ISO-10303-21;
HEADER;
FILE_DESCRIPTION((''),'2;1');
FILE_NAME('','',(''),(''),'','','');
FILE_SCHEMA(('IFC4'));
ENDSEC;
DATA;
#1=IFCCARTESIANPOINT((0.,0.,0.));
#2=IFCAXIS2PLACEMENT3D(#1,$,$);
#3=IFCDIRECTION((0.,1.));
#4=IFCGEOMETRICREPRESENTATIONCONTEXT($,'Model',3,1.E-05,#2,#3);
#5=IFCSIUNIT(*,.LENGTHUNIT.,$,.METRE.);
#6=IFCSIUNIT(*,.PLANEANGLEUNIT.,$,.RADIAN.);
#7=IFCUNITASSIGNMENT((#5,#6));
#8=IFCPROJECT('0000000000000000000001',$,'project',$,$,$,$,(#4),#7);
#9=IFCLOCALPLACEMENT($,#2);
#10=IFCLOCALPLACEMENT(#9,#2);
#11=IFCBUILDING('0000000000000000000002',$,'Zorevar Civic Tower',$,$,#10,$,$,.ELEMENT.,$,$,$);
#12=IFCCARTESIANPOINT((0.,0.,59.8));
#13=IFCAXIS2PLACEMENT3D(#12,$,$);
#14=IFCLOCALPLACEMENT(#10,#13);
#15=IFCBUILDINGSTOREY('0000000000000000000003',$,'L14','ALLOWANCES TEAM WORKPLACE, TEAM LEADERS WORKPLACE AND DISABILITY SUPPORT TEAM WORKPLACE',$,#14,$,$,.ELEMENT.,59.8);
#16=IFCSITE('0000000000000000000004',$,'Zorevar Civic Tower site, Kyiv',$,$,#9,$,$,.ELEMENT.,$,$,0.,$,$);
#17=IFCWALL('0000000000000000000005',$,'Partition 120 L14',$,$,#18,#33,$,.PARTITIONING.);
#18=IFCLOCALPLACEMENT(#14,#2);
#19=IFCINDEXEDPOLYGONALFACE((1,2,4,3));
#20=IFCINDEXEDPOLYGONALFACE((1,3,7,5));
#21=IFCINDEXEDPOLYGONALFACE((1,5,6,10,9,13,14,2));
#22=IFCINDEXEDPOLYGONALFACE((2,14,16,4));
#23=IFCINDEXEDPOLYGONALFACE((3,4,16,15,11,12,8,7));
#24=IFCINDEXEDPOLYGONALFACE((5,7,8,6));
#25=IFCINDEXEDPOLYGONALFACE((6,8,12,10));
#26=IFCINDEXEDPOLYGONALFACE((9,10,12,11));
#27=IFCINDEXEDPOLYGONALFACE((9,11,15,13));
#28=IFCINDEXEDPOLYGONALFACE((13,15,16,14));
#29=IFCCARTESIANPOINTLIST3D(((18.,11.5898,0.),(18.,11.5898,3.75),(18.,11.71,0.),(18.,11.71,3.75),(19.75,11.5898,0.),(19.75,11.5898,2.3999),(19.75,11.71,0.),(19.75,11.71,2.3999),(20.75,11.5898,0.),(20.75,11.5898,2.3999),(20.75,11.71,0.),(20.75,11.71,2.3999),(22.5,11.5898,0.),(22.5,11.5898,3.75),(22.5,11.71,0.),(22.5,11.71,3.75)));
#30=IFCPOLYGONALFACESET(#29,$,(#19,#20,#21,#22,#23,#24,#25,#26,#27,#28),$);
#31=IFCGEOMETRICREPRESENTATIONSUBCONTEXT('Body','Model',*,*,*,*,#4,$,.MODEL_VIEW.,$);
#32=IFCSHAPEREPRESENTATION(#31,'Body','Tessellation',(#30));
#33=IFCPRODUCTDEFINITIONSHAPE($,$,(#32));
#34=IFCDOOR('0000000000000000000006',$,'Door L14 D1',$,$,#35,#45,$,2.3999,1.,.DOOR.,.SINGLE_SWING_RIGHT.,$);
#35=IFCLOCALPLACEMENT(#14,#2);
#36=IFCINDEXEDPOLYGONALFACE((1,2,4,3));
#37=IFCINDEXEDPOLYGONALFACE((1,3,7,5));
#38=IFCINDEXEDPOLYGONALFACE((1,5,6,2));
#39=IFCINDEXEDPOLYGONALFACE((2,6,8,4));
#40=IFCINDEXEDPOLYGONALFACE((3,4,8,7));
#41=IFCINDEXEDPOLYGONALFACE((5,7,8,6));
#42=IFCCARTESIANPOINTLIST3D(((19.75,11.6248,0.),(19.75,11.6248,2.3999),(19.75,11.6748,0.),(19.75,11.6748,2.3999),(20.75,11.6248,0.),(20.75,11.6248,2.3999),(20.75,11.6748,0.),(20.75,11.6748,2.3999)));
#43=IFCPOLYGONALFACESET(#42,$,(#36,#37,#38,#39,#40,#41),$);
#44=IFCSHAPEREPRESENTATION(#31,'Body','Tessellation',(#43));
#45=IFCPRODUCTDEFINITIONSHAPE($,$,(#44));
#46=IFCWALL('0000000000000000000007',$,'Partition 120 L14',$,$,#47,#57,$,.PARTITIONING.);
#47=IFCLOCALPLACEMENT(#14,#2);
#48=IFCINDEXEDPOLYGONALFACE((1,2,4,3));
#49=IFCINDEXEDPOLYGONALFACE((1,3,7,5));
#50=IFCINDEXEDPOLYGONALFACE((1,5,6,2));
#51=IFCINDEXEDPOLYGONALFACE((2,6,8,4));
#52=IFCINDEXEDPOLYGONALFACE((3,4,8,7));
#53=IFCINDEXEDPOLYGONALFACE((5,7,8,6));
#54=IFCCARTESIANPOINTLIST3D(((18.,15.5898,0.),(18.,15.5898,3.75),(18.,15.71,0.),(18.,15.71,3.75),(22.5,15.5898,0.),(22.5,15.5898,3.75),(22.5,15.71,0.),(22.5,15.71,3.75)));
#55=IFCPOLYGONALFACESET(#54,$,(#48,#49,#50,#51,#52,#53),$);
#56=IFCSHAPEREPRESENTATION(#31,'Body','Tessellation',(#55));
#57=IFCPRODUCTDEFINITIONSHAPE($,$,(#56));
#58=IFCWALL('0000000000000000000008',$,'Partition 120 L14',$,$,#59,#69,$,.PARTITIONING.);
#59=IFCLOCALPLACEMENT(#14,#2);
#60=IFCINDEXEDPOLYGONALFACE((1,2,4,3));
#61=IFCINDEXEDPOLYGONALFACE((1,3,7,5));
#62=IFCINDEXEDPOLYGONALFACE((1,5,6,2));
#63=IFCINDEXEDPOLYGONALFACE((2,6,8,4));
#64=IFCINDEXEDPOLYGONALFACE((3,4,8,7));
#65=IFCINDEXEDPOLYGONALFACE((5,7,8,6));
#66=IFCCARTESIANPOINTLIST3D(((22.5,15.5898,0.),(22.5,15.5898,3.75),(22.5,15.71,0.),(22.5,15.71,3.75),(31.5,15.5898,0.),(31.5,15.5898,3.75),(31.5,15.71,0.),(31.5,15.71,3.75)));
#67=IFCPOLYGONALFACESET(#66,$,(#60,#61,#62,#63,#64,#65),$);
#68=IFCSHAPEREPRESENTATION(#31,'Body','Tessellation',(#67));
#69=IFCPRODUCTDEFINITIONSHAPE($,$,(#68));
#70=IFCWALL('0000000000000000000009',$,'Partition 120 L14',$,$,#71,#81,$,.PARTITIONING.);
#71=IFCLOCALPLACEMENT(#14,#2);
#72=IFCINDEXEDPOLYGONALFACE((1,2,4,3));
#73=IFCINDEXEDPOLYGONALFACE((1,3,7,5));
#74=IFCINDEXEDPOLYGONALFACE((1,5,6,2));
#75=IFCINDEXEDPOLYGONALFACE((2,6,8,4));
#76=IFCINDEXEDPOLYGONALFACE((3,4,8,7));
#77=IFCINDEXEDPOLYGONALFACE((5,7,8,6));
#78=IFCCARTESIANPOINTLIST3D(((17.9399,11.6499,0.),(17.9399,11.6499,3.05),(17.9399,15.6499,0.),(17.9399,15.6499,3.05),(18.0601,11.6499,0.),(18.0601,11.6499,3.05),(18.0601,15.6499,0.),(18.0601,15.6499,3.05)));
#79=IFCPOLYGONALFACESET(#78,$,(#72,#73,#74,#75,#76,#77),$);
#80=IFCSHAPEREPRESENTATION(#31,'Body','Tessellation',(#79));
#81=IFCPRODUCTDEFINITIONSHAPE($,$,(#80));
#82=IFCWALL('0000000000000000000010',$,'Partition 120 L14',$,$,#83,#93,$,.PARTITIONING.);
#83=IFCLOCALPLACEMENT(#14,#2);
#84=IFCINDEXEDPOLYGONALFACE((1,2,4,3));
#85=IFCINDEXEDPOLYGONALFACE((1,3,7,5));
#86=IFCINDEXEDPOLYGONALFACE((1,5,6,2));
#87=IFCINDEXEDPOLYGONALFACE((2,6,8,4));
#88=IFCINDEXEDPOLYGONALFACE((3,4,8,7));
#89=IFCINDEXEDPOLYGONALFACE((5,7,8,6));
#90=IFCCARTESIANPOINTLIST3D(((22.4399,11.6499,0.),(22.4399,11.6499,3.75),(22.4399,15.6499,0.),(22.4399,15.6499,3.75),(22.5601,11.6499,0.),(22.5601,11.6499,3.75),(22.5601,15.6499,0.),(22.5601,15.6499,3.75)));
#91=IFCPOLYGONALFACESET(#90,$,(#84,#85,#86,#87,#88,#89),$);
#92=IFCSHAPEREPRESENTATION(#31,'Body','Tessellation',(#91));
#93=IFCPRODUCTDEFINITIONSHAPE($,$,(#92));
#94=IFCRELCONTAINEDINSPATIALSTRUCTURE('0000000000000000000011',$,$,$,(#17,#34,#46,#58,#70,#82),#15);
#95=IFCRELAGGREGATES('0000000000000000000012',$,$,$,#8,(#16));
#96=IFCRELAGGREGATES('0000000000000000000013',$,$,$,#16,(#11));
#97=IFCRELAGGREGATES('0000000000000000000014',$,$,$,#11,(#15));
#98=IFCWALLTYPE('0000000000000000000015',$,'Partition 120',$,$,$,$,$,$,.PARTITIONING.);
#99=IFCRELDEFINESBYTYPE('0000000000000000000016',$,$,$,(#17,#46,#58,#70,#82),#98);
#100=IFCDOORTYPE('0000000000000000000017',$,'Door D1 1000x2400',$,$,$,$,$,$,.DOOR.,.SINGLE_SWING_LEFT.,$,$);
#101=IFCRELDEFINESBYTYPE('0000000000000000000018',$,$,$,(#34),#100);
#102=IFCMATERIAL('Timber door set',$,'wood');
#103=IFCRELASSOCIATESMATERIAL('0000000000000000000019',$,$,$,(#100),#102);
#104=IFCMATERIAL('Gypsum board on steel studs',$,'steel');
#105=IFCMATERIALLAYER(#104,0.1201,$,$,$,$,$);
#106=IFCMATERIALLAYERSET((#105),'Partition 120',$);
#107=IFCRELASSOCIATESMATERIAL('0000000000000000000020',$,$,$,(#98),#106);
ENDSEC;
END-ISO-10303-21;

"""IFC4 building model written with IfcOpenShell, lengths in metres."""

from ifc_helpers import new_model, si_unit, direction, frame, frame_2d, origin, place, context, subcontext, project, spatial, rectangle, extrude, material, layer, layer_set, type_object, element, fill, save


model = new_model("IFC4")

# Units and contexts
model_context = context("Model", 3, precision=1e-05, world=origin(), true_north=direction((0.0, 1.0)))
body_context = subcontext(model_context, "Body", "Model", "MODEL_VIEW")
ifc_project = project(units=[si_unit("LENGTHUNIT", "METRE"), si_unit("PLANEANGLEUNIT", "RADIAN")], contexts=[model_context])

# Site, building, storey
site_placement = place(None, origin())
site = spatial("IfcSite", under=ifc_project, at=site_placement, Name="Zorevar Civic Tower site, Kyiv", CompositionType="ELEMENT", RefElevation=0.0)
building_placement = place(site_placement, origin())
building = spatial("IfcBuilding", under=site, at=building_placement, Name="Zorevar Civic Tower", CompositionType="ELEMENT")
storey_placement = place(building_placement, frame((0.0, 0.0, 59.8)))
storey = spatial("IfcBuildingStorey", under=building, at=storey_placement, Name="L14", Description="ALLOWANCES TEAM WORKPLACE, TEAM LEADERS WORKPLACE AND DISABILITY SUPPORT TEAM WORKPLACE", CompositionType="ELEMENT", Elevation=59.8)

# Shared definitions
ifc_material_1 = material(Name="Timber door set", Category="wood")
door_type_1 = type_object("IfcDoorType", Name="Door D1 1000x2400", OperationType="SINGLE_SWING_LEFT", PredefinedType="DOOR", material=ifc_material_1)

# Wall, opening, door
ifc_material_2 = material(Name="Gypsum board on steel studs", Category="steel")
ifc_layer_1 = layer(ifc_material_2, 0.1201)
ifc_layer_set_1 = layer_set([ifc_layer_1], Name="Partition 120")
wall_type_1 = type_object("IfcWallType", Name="Partition 120", PredefinedType="PARTITIONING", material=ifc_layer_set_1)
wall_1_placement = place(storey_placement, frame((18.0, 11.6499, 0.0), z_axis=(0.0, 0.0, 1.0), x_axis=(1.0, 0.0, 0.0)))
wall_1 = element("IfcWall", 1, at=wall_1_placement, inside=storey, type_object=wall_type_1, Name="Partition 120 L14", PredefinedType="PARTITIONING", context=body_context, shape_type="SweptSolid", body=[
    extrude(rectangle(XDim=4.5, YDim=0.1201, at=frame_2d((2.25, 0.0))), origin(), (0.0, 0.0, 1.0), 3.75),
])
opening_1_placement = place(wall_1_placement, frame((1.75, 0.0, 0.0)))
opening_1 = element("IfcOpeningElement", 2, at=opening_1_placement, cuts=wall_1, PredefinedType="OPENING", context=body_context, shape_type="SweptSolid", body=[
    extrude(rectangle(XDim=1.0, YDim=2.3999, at=frame_2d((0.5, 1.2))), frame((0.0, 0.0701, 0.0), z_axis=(0.0, -1.0, 0.0), x_axis=(1.0, 0.0, 0.0)), (0.0, 0.0, 1.0), 0.1401),
])
door_1_placement = place(opening_1_placement, origin())
door_1 = element("IfcDoor", 3, at=door_1_placement, inside=storey, type_object=door_type_1, Name="Door L14 D1", OperationType="SINGLE_SWING_RIGHT", OverallHeight=2.3999, OverallWidth=1.0, PredefinedType="DOOR", context=body_context, shape_type="SweptSolid", body=[
    extrude(rectangle(XDim=1.0, YDim=2.3999, at=frame_2d((0.5, 1.2))), frame((0.0, 0.0249, 0.0), z_axis=(0.0, -1.0, 0.0), x_axis=(1.0, 0.0, 0.0)), (0.0, 0.0, 1.0), 0.05),
])
fill(opening_1, door_1)

# Walls
wall_2_placement = place(storey_placement, frame((18.0, 15.6499, 0.0), z_axis=(0.0, 0.0, 1.0), x_axis=(1.0, 0.0, 0.0)))
element("IfcWall", 4, at=wall_2_placement, inside=storey, type_object=wall_type_1, Name="Partition 120 L14", PredefinedType="PARTITIONING", context=body_context, shape_type="SweptSolid", body=[
    extrude(rectangle(XDim=4.5, YDim=0.1201, at=frame_2d((2.25, 0.0))), origin(), (0.0, 0.0, 1.0), 3.75),
])
wall_3_placement = place(storey_placement, frame((22.5, 15.6499, 0.0), z_axis=(0.0, 0.0, 1.0), x_axis=(1.0, 0.0, 0.0)))
element("IfcWall", 5, at=wall_3_placement, inside=storey, type_object=wall_type_1, Name="Partition 120 L14", PredefinedType="PARTITIONING", context=body_context, shape_type="SweptSolid", body=[
    extrude(rectangle(XDim=9.0, YDim=0.1201, at=frame_2d((4.5, 0.0))), origin(), (0.0, 0.0, 1.0), 3.75),
])
wall_4_placement = place(storey_placement, frame((18.0, 11.6499, 0.0), z_axis=(0.0, 0.0, 1.0), x_axis=(0.0, 1.0, 0.0)))
element("IfcWall", 6, at=wall_4_placement, inside=storey, type_object=wall_type_1, Name="Partition 120 L14", PredefinedType="PARTITIONING", context=body_context, shape_type="SweptSolid", body=[
    extrude(rectangle(XDim=4.0, YDim=0.1201, at=frame_2d((2.0, 0.0))), origin(), (0.0, 0.0, 1.0), 3.05),
])
wall_5_placement = place(storey_placement, frame((22.5, 11.6499, 0.0), z_axis=(0.0, 0.0, 1.0), x_axis=(0.0, 1.0, 0.0)))
element("IfcWall", 7, at=wall_5_placement, inside=storey, type_object=wall_type_1, Name="Partition 120 L14", PredefinedType="PARTITIONING", context=body_context, shape_type="SweptSolid", body=[
    extrude(rectangle(XDim=4.0, YDim=0.1201, at=frame_2d((2.0, 0.0))), origin(), (0.0, 0.0, 1.0), 3.75),
])

save(model, "model.ifc")
